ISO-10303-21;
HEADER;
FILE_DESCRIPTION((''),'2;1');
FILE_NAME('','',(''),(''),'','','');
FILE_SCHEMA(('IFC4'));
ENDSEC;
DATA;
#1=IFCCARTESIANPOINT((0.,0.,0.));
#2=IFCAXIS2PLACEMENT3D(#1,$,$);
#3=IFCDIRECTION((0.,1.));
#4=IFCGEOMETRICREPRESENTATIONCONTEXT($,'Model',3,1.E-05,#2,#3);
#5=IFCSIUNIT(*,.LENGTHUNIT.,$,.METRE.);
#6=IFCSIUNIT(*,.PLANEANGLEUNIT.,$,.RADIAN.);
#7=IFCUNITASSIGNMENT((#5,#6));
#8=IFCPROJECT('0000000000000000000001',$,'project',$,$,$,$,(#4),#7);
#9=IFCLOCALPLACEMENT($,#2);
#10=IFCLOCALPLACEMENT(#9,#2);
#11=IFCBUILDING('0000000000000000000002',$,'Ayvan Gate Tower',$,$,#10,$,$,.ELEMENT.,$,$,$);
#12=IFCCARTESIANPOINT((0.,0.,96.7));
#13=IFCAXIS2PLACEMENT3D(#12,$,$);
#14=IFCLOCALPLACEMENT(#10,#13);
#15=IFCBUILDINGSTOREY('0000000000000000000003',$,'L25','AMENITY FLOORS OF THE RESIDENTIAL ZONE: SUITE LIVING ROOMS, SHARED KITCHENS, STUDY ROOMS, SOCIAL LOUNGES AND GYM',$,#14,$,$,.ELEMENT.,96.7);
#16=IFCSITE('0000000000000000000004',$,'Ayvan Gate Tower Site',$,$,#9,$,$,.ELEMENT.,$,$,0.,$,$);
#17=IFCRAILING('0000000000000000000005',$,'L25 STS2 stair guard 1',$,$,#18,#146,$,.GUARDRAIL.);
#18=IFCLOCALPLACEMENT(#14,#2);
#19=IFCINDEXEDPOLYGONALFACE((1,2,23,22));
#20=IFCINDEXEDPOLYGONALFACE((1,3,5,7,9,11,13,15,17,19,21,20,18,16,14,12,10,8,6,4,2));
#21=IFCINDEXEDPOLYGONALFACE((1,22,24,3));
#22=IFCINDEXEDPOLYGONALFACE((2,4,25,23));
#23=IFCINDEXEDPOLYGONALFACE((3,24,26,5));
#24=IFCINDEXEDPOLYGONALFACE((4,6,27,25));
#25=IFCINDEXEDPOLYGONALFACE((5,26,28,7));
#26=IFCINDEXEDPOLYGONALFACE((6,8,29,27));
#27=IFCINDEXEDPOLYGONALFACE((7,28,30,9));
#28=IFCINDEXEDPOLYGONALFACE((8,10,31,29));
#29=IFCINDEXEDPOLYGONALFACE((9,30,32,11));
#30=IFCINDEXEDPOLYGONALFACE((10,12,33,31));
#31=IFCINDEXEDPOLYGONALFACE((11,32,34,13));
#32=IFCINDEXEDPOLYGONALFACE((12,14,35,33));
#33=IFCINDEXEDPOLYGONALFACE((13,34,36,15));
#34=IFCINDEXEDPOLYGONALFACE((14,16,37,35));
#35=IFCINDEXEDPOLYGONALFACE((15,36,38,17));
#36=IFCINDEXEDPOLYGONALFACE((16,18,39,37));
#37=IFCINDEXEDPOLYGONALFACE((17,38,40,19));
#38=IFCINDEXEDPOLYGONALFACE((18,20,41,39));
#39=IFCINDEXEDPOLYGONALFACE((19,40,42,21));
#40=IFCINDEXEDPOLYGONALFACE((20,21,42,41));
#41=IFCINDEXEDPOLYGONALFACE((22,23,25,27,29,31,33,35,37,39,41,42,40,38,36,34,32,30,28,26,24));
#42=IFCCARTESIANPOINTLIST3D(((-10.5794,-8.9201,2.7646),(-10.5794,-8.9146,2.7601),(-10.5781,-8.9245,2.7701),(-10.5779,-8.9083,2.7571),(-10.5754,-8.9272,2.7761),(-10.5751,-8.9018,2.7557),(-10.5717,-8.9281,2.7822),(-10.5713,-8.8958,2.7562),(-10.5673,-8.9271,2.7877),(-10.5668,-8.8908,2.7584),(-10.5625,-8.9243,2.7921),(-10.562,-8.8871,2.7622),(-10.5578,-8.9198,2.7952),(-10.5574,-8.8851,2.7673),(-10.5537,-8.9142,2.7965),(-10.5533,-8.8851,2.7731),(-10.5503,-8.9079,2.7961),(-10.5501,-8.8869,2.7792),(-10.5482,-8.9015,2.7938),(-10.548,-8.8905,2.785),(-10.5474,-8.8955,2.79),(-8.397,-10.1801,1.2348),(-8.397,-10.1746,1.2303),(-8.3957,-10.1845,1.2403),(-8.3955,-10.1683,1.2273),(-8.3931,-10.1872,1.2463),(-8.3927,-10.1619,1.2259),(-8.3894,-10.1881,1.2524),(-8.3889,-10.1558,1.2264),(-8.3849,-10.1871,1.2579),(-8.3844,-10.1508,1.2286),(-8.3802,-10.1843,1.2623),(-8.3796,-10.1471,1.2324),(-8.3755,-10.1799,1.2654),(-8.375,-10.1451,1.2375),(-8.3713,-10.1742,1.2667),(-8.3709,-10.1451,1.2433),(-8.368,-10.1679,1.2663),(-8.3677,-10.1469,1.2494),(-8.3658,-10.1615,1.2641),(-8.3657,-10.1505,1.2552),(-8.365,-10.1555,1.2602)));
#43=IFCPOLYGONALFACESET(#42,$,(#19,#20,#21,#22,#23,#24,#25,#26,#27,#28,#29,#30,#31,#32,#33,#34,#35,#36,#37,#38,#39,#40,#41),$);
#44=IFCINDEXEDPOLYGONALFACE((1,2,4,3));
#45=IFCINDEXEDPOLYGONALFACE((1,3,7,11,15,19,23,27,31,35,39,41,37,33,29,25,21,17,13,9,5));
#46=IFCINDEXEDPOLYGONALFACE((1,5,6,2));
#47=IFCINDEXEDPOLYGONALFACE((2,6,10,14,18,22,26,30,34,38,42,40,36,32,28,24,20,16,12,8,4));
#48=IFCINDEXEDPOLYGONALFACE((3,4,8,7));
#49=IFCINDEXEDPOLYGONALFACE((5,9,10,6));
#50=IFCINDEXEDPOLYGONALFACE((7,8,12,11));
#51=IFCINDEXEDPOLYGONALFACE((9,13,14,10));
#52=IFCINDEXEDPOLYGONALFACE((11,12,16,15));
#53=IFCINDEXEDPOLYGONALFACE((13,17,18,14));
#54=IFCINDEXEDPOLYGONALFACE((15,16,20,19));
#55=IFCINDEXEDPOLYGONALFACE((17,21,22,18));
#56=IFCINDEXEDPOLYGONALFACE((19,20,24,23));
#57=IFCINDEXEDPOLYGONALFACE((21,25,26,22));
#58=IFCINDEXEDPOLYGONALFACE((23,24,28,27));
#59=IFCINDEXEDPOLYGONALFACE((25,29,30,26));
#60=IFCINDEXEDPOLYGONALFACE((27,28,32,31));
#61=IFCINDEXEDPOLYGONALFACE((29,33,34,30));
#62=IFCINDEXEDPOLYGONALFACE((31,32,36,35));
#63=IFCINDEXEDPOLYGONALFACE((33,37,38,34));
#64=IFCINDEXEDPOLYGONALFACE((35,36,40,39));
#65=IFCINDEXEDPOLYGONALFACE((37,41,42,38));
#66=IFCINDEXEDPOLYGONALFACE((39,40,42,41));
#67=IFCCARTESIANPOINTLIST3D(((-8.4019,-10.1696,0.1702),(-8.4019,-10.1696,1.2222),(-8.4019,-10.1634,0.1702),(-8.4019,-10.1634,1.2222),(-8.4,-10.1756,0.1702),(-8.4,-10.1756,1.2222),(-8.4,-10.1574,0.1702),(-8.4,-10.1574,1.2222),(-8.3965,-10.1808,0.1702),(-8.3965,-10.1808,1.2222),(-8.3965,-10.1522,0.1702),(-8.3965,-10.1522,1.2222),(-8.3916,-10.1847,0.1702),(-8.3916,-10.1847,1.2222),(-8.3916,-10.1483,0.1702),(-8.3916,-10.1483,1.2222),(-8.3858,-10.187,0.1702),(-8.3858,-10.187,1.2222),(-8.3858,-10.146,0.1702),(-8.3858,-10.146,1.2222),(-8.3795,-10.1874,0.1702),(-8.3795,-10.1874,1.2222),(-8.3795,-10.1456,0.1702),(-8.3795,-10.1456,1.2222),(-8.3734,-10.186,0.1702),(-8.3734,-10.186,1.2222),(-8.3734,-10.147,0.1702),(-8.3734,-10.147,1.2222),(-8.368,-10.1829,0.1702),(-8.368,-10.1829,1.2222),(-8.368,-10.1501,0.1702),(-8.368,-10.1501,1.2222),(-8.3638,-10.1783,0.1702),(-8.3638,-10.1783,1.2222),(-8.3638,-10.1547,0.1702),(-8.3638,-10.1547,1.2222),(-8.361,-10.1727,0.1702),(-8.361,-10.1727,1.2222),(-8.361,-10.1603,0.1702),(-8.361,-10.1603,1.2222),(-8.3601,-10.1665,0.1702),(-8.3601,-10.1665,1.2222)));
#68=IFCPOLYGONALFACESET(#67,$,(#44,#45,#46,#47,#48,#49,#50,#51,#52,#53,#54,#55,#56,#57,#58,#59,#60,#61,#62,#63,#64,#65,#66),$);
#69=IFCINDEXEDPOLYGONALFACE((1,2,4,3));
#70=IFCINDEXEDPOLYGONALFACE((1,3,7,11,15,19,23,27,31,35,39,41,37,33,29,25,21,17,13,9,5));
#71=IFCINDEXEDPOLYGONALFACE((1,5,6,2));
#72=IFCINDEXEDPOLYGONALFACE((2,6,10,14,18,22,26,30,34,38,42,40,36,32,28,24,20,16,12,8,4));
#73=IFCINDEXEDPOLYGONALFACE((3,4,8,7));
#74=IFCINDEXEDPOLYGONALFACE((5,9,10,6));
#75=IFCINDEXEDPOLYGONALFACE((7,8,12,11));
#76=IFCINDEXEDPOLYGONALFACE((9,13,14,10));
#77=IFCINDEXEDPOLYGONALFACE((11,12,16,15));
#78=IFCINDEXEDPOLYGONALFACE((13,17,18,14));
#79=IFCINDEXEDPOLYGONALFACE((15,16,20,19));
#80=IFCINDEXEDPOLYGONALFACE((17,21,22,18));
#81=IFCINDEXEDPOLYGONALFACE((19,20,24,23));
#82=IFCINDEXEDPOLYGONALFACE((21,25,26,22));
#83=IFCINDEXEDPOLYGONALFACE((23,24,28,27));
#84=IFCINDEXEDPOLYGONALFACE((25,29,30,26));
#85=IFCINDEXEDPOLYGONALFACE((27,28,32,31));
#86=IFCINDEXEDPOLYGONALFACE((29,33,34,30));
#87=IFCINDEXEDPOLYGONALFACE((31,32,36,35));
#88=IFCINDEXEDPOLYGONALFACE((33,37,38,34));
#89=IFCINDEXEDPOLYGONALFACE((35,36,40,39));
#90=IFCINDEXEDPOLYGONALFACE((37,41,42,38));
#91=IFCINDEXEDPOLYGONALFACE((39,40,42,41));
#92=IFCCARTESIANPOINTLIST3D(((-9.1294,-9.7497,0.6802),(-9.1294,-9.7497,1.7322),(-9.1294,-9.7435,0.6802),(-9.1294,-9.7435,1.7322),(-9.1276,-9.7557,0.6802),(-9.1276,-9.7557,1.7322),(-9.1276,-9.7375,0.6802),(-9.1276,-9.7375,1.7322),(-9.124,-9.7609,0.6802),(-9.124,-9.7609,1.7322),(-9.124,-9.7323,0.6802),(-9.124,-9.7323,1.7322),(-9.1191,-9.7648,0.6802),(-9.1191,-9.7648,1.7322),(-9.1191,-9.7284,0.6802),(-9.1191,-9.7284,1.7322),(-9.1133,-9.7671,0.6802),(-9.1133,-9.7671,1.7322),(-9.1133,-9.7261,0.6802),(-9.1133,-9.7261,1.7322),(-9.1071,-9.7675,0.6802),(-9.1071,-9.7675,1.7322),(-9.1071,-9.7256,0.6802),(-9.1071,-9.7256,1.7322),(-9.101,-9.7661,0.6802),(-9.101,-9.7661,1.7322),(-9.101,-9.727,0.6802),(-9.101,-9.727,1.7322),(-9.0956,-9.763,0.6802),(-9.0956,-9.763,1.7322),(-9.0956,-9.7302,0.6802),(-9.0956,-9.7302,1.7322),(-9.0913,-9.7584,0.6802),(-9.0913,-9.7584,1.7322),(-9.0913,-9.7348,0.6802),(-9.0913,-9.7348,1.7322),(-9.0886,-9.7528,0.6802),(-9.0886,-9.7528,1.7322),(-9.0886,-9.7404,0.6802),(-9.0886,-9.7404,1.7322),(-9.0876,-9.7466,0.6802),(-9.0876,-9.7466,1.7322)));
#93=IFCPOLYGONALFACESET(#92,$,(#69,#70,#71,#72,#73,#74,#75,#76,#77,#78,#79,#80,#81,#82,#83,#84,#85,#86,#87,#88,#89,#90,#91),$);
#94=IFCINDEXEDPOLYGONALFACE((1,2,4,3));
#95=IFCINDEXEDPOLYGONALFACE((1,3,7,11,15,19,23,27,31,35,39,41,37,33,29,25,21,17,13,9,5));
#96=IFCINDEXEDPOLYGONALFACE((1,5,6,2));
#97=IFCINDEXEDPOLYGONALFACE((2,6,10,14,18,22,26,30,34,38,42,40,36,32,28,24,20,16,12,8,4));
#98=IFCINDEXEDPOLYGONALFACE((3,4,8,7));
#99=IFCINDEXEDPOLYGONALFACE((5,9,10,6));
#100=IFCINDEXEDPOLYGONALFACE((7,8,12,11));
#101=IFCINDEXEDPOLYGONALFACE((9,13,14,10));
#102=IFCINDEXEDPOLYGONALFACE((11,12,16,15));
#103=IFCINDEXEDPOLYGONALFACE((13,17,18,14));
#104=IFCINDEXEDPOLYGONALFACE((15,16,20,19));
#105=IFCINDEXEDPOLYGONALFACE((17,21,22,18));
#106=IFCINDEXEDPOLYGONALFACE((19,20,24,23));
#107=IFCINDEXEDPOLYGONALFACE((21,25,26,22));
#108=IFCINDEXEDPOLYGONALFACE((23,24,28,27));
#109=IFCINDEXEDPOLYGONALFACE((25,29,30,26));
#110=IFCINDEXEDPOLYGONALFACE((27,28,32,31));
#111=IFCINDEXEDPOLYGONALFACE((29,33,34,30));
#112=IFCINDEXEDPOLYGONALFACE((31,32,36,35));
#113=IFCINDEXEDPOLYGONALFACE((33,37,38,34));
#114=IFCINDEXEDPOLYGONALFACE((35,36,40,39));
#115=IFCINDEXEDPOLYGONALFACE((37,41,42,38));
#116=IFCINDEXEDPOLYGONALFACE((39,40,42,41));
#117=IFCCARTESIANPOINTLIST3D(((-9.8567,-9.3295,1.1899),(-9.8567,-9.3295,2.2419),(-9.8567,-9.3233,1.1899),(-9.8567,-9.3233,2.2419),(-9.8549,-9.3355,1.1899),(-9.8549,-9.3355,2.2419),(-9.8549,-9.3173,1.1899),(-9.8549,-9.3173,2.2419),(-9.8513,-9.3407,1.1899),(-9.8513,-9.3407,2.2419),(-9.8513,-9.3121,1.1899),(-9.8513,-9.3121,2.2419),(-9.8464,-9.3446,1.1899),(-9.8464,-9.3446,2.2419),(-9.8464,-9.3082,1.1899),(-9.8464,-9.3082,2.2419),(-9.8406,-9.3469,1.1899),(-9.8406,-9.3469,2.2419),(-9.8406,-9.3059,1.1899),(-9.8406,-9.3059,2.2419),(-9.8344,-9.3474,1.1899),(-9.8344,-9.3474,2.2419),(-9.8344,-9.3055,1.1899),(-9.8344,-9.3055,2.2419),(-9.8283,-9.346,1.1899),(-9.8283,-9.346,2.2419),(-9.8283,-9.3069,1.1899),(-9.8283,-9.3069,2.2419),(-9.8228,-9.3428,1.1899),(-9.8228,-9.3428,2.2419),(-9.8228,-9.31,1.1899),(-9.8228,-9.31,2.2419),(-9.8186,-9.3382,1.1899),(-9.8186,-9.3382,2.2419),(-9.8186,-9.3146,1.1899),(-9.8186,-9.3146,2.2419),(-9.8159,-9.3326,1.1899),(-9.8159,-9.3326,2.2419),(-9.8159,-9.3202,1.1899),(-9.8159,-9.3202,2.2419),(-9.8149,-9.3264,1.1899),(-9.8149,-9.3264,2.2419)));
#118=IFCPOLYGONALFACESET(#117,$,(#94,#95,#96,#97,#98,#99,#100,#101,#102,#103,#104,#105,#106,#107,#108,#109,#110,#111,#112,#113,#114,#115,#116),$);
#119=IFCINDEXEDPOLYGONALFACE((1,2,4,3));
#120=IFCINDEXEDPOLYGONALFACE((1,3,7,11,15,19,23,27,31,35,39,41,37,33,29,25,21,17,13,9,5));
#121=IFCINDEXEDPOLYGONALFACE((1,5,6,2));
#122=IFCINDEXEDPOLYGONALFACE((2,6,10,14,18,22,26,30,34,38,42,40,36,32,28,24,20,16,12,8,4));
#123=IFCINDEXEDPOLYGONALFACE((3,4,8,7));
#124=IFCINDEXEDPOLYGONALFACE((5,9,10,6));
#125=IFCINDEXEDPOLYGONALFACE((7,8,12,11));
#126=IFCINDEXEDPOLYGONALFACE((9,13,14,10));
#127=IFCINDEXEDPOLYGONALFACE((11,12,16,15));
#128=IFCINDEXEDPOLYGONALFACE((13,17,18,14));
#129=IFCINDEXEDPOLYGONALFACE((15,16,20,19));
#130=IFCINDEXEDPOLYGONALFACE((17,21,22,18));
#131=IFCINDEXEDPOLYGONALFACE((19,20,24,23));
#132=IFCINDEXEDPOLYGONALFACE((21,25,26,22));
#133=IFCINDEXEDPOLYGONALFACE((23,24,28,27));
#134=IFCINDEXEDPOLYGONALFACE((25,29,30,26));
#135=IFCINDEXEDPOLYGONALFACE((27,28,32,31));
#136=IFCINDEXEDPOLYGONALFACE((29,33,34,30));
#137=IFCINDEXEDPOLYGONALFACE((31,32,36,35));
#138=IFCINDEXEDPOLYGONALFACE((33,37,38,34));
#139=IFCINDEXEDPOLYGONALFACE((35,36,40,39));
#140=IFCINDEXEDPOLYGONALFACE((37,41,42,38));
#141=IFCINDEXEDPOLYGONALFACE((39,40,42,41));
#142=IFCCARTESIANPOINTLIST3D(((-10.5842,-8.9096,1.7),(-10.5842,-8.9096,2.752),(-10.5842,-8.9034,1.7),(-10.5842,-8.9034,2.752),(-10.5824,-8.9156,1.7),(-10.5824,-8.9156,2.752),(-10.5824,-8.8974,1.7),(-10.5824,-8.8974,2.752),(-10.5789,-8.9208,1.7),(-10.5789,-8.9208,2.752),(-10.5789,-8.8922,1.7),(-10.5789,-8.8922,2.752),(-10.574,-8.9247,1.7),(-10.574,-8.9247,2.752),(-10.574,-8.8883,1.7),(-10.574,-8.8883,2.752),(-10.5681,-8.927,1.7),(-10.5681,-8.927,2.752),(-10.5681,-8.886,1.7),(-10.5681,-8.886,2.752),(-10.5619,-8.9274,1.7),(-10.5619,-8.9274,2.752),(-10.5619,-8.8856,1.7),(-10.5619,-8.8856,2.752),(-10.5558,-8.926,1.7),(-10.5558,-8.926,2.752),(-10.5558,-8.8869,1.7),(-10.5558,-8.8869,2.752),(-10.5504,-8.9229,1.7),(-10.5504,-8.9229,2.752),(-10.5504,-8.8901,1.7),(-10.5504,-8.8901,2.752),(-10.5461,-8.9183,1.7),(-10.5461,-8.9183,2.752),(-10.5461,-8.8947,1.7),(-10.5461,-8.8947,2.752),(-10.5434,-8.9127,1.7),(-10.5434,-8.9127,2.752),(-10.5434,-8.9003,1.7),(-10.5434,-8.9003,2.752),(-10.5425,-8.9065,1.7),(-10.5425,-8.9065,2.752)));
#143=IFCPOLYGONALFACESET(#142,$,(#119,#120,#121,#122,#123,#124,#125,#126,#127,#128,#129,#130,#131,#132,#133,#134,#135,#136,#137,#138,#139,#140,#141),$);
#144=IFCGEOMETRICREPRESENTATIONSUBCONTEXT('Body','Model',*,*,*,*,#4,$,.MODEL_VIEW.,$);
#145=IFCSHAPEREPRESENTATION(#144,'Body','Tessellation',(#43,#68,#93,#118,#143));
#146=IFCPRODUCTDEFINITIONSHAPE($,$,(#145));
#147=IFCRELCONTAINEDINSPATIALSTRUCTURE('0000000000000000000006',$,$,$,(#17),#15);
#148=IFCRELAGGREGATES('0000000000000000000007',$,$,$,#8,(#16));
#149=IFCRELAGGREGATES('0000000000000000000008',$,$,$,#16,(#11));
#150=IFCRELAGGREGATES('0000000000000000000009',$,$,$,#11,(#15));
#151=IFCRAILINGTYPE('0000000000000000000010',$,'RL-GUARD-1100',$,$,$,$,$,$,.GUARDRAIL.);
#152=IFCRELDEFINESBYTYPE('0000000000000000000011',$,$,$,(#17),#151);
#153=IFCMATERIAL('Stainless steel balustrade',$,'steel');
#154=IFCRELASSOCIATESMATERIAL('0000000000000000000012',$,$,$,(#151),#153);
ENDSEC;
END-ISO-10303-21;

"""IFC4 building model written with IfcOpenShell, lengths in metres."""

from ifc_helpers import new_model, si_unit, direction, frame, origin, origin_2d, place, context, subcontext, project, spatial, circle, extrude, material, type_object, element, save


model = new_model("IFC4")

# Units and contexts
model_context = context("Model", 3, precision=1e-05, world=origin(), true_north=direction((0.0, 1.0)))
body_context = subcontext(model_context, "Body", "Model", "MODEL_VIEW")
ifc_project = project(units=[si_unit("LENGTHUNIT", "METRE"), si_unit("PLANEANGLEUNIT", "RADIAN")], contexts=[model_context])

# Site, building, storey
site_placement = place(None, origin())
site = spatial("IfcSite", under=ifc_project, at=site_placement, Name="Ayvan Gate Tower Site", CompositionType="ELEMENT", RefElevation=0.0)
building_placement = place(site_placement, origin())
building = spatial("IfcBuilding", under=site, at=building_placement, Name="Ayvan Gate Tower", CompositionType="ELEMENT")
storey_placement = place(building_placement, frame((0.0, 0.0, 96.7)))
storey = spatial("IfcBuildingStorey", under=building, at=storey_placement, Name="L25", Description="AMENITY FLOORS OF THE RESIDENTIAL ZONE: SUITE LIVING ROOMS, SHARED KITCHENS, STUDY ROOMS, SOCIAL LOUNGES AND GYM", CompositionType="ELEMENT", Elevation=96.7)

# Railing
ifc_material_1 = material(Name="Stainless steel balustrade", Category="steel")
railing_type_1 = type_object("IfcRailingType", Name="RL-GUARD-1100", PredefinedType="GUARDRAIL", material=ifc_material_1)
railing_1_placement = place(storey_placement, frame((-8.3811, -10.1665, 0.1702)))
element("IfcRailing", 1, at=railing_1_placement, inside=storey, type_object=railing_type_1, Name="L25 STS2 stair guard 1", PredefinedType="GUARDRAIL", context=body_context, shape_type="SweptSolid", body=[
    extrude(circle(Radius=0.0239, at=origin_2d()), frame((0.0, 0.0, 1.0762), z_axis=(-0.740293, 0.427414, 0.518926), x_axis=(-0.500005, -0.866023, 0.0)), (0.0, 0.0, 1.0), 2.948),
    extrude(circle(Radius=0.021, at=origin_2d()), origin(), (0.0, 0.0, 1.0), 1.052),
    extrude(circle(Radius=0.021, at=origin_2d()), frame((-0.7275, 0.4199, 0.51)), (0.0, 0.0, 1.0), 1.052),
    extrude(circle(Radius=0.021, at=origin_2d()), frame((-1.4548, 0.8401, 1.0198)), (0.0, 0.0, 1.0), 1.052),
    extrude(circle(Radius=0.021, at=origin_2d()), frame((-2.1824, 1.26, 1.5298)), (0.0, 0.0, 1.0), 1.052),
])

save(model, "model.ifc")
